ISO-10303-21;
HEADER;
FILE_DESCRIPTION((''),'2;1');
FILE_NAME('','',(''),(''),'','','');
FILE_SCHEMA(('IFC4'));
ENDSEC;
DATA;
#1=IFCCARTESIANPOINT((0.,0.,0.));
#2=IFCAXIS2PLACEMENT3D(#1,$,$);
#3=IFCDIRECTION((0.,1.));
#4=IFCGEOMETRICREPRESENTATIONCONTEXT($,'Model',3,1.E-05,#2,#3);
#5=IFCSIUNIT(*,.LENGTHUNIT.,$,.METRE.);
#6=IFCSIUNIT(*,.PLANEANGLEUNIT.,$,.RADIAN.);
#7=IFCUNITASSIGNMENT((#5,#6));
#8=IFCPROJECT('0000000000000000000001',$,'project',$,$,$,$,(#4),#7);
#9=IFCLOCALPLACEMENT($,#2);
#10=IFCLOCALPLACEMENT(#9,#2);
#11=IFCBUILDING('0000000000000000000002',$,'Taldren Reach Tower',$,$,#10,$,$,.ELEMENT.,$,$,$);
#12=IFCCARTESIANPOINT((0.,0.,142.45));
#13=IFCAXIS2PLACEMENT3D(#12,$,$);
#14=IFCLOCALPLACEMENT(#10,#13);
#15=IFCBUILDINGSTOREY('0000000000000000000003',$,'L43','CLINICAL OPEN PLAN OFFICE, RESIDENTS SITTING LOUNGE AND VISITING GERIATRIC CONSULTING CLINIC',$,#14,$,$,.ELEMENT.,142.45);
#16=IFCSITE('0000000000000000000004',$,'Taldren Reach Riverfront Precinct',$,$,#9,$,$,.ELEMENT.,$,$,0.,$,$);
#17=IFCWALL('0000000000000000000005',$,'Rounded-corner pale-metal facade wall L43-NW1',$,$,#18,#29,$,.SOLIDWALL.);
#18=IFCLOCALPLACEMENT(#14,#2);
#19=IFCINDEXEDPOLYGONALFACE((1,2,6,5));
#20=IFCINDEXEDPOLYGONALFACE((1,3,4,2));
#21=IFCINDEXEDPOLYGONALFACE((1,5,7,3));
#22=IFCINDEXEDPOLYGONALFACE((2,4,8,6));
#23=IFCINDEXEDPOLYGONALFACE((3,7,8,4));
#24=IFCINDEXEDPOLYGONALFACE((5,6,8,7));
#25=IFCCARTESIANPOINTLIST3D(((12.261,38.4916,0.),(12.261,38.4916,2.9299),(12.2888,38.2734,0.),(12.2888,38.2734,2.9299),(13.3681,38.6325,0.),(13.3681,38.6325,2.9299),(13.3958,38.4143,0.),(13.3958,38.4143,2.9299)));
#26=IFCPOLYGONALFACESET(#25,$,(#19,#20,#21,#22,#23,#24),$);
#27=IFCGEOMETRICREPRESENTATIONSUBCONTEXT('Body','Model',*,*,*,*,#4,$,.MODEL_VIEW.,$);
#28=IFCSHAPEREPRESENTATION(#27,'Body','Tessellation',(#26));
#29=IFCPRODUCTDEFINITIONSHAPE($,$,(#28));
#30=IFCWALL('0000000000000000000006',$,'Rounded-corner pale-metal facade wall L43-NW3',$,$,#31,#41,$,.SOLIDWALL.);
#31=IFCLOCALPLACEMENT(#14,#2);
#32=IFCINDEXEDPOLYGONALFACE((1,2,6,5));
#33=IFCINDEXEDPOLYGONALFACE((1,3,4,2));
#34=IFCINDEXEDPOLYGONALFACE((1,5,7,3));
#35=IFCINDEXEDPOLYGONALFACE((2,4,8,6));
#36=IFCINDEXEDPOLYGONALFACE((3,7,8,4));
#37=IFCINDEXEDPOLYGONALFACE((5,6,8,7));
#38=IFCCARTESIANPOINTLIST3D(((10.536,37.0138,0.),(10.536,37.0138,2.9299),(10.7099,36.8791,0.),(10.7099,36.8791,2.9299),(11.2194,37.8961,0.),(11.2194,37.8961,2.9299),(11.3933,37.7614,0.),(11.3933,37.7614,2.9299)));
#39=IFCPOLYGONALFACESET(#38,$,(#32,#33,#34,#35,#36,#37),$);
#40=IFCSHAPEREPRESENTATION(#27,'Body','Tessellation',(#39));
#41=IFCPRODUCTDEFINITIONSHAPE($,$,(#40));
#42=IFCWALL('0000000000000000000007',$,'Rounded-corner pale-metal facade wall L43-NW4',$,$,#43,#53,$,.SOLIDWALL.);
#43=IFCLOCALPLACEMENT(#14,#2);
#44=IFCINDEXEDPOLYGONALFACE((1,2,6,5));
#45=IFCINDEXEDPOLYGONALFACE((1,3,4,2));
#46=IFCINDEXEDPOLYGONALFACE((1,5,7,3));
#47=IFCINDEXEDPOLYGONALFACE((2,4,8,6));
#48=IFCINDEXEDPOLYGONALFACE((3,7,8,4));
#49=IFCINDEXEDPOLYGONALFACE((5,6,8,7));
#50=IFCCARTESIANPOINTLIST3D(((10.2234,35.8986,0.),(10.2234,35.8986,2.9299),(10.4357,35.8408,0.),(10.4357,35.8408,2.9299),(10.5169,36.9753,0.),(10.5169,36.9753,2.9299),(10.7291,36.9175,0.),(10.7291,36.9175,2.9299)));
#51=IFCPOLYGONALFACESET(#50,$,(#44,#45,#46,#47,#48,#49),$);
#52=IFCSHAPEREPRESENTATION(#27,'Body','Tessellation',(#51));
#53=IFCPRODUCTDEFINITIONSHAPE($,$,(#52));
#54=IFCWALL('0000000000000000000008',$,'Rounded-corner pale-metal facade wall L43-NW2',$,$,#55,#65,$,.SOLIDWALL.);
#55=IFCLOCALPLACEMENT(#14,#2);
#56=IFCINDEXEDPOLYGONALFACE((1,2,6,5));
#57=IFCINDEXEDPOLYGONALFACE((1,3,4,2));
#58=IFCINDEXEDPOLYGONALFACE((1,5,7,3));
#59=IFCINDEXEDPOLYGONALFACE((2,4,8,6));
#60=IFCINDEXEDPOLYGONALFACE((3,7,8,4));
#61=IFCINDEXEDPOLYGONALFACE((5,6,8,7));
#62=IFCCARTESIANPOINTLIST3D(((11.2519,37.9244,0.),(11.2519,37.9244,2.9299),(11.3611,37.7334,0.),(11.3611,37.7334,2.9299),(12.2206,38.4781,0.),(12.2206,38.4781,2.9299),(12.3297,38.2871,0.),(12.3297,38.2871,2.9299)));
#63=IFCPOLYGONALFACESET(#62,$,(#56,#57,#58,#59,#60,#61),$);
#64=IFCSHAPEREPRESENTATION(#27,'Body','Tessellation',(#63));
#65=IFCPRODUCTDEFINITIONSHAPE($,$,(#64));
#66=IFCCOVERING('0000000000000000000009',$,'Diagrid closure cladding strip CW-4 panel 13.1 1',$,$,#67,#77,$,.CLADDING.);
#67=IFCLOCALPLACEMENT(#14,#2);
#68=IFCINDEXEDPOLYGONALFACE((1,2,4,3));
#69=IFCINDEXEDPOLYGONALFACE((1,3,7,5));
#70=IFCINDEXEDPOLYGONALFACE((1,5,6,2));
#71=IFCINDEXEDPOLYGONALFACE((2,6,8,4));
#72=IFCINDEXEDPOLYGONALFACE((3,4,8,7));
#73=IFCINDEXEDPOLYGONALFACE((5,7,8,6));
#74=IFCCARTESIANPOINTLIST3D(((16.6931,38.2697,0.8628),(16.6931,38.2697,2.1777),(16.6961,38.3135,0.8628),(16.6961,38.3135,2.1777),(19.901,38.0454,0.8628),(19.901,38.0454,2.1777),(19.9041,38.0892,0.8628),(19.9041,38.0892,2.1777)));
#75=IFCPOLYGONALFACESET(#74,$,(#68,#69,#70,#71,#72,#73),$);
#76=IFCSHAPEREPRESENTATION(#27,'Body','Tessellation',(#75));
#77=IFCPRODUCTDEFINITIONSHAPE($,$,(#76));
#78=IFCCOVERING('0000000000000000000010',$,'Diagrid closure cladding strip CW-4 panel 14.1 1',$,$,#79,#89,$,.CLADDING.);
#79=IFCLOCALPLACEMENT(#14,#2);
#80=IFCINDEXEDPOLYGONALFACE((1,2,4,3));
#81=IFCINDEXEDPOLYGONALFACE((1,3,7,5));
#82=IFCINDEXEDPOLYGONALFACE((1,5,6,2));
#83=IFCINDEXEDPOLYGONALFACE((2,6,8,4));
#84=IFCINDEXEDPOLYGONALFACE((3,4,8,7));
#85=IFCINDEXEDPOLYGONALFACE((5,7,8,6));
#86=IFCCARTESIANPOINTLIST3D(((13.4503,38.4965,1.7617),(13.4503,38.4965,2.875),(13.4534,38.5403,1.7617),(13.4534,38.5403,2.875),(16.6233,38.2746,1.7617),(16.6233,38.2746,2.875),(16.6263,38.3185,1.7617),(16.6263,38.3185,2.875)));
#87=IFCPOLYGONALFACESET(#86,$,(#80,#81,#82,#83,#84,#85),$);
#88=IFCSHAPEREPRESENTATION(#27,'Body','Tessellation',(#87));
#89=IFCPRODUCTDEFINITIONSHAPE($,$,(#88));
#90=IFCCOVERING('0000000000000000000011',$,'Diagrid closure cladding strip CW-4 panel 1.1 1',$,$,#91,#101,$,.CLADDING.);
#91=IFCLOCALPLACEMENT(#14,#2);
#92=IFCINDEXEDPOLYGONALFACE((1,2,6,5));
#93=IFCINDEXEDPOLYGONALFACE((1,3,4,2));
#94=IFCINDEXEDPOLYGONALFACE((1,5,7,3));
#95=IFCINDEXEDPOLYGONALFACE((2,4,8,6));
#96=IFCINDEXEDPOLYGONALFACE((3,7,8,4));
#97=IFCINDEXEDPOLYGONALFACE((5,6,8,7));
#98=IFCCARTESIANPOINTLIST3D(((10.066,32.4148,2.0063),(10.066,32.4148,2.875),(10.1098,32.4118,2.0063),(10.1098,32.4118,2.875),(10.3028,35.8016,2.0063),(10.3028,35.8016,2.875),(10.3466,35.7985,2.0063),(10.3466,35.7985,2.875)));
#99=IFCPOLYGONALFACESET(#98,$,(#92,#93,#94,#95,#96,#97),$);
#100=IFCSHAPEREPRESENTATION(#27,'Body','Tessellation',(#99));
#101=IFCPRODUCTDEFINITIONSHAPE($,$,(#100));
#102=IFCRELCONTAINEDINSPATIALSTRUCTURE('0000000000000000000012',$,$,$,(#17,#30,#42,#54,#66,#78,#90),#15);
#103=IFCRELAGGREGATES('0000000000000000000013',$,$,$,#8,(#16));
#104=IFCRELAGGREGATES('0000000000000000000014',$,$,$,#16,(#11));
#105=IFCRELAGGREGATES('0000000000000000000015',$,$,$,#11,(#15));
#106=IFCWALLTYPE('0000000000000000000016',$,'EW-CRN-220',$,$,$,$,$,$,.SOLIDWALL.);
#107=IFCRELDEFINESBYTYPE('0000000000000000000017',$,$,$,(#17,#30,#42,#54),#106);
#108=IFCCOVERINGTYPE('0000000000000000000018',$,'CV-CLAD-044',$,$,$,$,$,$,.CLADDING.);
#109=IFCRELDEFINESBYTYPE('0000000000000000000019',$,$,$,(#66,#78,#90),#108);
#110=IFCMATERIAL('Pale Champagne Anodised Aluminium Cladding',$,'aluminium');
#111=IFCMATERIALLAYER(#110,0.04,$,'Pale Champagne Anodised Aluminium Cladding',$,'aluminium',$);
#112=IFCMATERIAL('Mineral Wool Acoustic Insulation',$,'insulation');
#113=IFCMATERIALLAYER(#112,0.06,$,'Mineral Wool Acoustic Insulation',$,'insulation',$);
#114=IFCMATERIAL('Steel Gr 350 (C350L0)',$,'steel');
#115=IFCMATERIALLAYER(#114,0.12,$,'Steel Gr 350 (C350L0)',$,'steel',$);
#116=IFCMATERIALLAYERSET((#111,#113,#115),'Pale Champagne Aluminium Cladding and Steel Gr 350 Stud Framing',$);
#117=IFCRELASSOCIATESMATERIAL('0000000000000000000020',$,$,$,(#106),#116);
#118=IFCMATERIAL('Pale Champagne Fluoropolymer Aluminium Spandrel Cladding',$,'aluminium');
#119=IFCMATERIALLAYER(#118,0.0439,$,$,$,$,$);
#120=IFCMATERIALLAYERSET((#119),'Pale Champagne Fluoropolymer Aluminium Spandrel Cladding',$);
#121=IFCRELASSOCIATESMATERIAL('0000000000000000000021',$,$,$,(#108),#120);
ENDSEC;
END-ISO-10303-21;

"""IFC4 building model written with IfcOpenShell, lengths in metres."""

from ifc_helpers import new_model, si_unit, direction, frame, frame_2d, origin, origin_2d, place, context, subcontext, project, spatial, rectangle, extrude, source, transform, mapped, material, layer, layer_set, type_object, element, save


model = new_model("IFC4")

# Units and contexts
model_context = context("Model", 3, precision=1e-05, world=origin(), true_north=direction((0.0, 1.0)))
body_context = subcontext(model_context, "Body", "Model", "MODEL_VIEW")
ifc_project = project(units=[si_unit("LENGTHUNIT", "METRE"), si_unit("PLANEANGLEUNIT", "RADIAN")], contexts=[model_context])

# Site, building, storey
site_placement = place(None, origin())
site = spatial("IfcSite", under=ifc_project, at=site_placement, Name="Taldren Reach Riverfront Precinct", CompositionType="ELEMENT", RefElevation=0.0)
building_placement = place(site_placement, origin())
building = spatial("IfcBuilding", under=site, at=building_placement, Name="Taldren Reach Tower", CompositionType="ELEMENT")
storey_placement = place(building_placement, frame((0.0, 0.0, 142.45)))
storey = spatial("IfcBuildingStorey", under=building, at=storey_placement, Name="L43", Description="CLINICAL OPEN PLAN OFFICE, RESIDENTS SITTING LOUNGE AND VISITING GERIATRIC CONSULTING CLINIC", CompositionType="ELEMENT", Elevation=142.45)

# Shared definitions
ifc_material_1 = material(Name="Steel Gr 350 (C350L0)", Category="steel")

# Walls
ifc_material_2 = material(Name="Pale Champagne Anodised Aluminium Cladding", Category="aluminium")
ifc_layer_1 = layer(ifc_material_2, 0.04, Name="Pale Champagne Anodised Aluminium Cladding", Category="aluminium")
ifc_material_3 = material(Name="Mineral Wool Acoustic Insulation", Category="insulation")
ifc_layer_2 = layer(ifc_material_3, 0.06, Name="Mineral Wool Acoustic Insulation", Category="insulation")
ifc_layer_3 = layer(ifc_material_1, 0.12, Name="Steel Gr 350 (C350L0)", Category="steel")
ifc_layer_set_1 = layer_set([ifc_layer_1, ifc_layer_2, ifc_layer_3], Name="Pale Champagne Aluminium Cladding and Steel Gr 350 Stud Framing")
wall_type = type_object("IfcWallType", Name="EW-CRN-220", PredefinedType="SOLIDWALL", material=ifc_layer_set_1)
shared_shape_1 = source(origin(), body_context, "Body", "SweptSolid", [
    extrude(rectangle(XDim=1.116, YDim=0.22, at=frame_2d((0.5581, 0.0))), origin(), (0.0, 0.0, 1.0), 2.9299),
])
for number, where, z_axis, x_axis, name in (
    (1, (13.3821, 38.5234, 0.0), (0.0, 0.0, 1.0), (-0.991999, -0.126243, 0.0), "Rounded-corner pale-metal facade wall L43-NW1"),
    (2, (11.3064, 37.8289, 0.0), (0.0, 0.0, 1.0), (-0.612319, -0.790611, 0.0), "Rounded-corner pale-metal facade wall L43-NW3"),
    (3, (10.623, 36.9465, 0.0), (0.0, 0.0, 1.0), (-0.262969, -0.964804, 0.0), "Rounded-corner pale-metal facade wall L43-NW4"),
):
    element("IfcWall", number, at=place(storey_placement, frame(where, z_axis=z_axis, x_axis=x_axis)), inside=storey, type_object=wall_type, Name=name, PredefinedType="SOLIDWALL", context=body_context, shape_type="MappedRepresentation", body=[
        mapped(shared_shape_1, transform((0.0, 0.0, 0.0), scale=1.0)),
    ])
shared_shape_2 = source(origin(), body_context, "Body", "SweptSolid", [
    extrude(rectangle(XDim=1.1157, YDim=0.22, at=frame_2d((0.5579, 0.0))), origin(), (0.0, 0.0, 1.0), 2.9299),
])
wall_placement = place(storey_placement, frame((12.2751, 38.3826, 0.0), z_axis=(0.0, 0.0, 1.0), x_axis=(-0.868189, -0.496233, 0.0)))
element("IfcWall", 4, at=wall_placement, inside=storey, type_object=wall_type, Name="Rounded-corner pale-metal facade wall L43-NW2", PredefinedType="SOLIDWALL", context=body_context, shape_type="MappedRepresentation", body=[
    mapped(shared_shape_2, transform((0.0, 0.0, 0.0), scale=1.0)),
])

# Coverings
ifc_material_4 = material(Name="Pale Champagne Fluoropolymer Aluminium Spandrel Cladding", Category="aluminium")
ifc_layer_4 = layer(ifc_material_4, 0.0439)
ifc_layer_set_2 = layer_set([ifc_layer_4], Name="Pale Champagne Fluoropolymer Aluminium Spandrel Cladding")
covering_type = type_object("IfcCoveringType", Name="CV-CLAD-044", PredefinedType="CLADDING", material=ifc_layer_set_2)
shared_shape_3 = source(origin(), body_context, "Body", "SweptSolid", [
    extrude(rectangle(XDim=3.2158, YDim=0.0439, at=origin_2d()), origin(), (0.0, 0.0, 1.0), 1.3149),
])
covering_1_placement = place(storey_placement, frame((18.2986, 38.1794, 0.8628), z_axis=(0.0, 0.0, 1.0), x_axis=(-0.997564, 0.069757, 0.0)))
element("IfcCovering", 5, at=covering_1_placement, inside=storey, type_object=covering_type, Name="Diagrid closure cladding strip CW-4 panel 13.1 1", PredefinedType="CLADDING", context=body_context, shape_type="MappedRepresentation", body=[
    mapped(shared_shape_3, transform((0.0, 0.0, 0.0), scale=1.0)),
])
shared_shape_4 = source(origin(), body_context, "Body", "SweptSolid", [
    extrude(rectangle(XDim=3.1807, YDim=0.0439, at=origin_2d()), origin(), (0.0, 0.0, 1.0), 1.1133),
])
covering_2_placement = place(storey_placement, frame((15.0383, 38.4075, 1.7617), z_axis=(0.0, 0.0, 1.0), x_axis=(-0.997564, 0.069757, 0.0)))
element("IfcCovering", 6, at=covering_2_placement, inside=storey, type_object=covering_type, Name="Diagrid closure cladding strip CW-4 panel 14.1 1", PredefinedType="CLADDING", context=body_context, shape_type="MappedRepresentation", body=[
    mapped(shared_shape_4, transform((0.0, 0.0, 0.0), scale=1.0)),
])
shared_shape_5 = source(origin(), body_context, "Body", "SweptSolid", [
    extrude(rectangle(XDim=3.395, YDim=0.0439, at=origin_2d()), origin(), (0.0, 0.0, 1.0), 0.8687),
])
covering_3_placement = place(storey_placement, frame((10.2063, 34.1067, 2.0063), z_axis=(0.0, 0.0, 1.0), x_axis=(-0.069756, -0.997564, 0.0)))
element("IfcCovering", 7, at=covering_3_placement, inside=storey, type_object=covering_type, Name="Diagrid closure cladding strip CW-4 panel 1.1 1", PredefinedType="CLADDING", context=body_context, shape_type="MappedRepresentation", body=[
    mapped(shared_shape_5, transform((0.0, 0.0, 0.0), scale=1.0)),
])

save(model, "model.ifc")
